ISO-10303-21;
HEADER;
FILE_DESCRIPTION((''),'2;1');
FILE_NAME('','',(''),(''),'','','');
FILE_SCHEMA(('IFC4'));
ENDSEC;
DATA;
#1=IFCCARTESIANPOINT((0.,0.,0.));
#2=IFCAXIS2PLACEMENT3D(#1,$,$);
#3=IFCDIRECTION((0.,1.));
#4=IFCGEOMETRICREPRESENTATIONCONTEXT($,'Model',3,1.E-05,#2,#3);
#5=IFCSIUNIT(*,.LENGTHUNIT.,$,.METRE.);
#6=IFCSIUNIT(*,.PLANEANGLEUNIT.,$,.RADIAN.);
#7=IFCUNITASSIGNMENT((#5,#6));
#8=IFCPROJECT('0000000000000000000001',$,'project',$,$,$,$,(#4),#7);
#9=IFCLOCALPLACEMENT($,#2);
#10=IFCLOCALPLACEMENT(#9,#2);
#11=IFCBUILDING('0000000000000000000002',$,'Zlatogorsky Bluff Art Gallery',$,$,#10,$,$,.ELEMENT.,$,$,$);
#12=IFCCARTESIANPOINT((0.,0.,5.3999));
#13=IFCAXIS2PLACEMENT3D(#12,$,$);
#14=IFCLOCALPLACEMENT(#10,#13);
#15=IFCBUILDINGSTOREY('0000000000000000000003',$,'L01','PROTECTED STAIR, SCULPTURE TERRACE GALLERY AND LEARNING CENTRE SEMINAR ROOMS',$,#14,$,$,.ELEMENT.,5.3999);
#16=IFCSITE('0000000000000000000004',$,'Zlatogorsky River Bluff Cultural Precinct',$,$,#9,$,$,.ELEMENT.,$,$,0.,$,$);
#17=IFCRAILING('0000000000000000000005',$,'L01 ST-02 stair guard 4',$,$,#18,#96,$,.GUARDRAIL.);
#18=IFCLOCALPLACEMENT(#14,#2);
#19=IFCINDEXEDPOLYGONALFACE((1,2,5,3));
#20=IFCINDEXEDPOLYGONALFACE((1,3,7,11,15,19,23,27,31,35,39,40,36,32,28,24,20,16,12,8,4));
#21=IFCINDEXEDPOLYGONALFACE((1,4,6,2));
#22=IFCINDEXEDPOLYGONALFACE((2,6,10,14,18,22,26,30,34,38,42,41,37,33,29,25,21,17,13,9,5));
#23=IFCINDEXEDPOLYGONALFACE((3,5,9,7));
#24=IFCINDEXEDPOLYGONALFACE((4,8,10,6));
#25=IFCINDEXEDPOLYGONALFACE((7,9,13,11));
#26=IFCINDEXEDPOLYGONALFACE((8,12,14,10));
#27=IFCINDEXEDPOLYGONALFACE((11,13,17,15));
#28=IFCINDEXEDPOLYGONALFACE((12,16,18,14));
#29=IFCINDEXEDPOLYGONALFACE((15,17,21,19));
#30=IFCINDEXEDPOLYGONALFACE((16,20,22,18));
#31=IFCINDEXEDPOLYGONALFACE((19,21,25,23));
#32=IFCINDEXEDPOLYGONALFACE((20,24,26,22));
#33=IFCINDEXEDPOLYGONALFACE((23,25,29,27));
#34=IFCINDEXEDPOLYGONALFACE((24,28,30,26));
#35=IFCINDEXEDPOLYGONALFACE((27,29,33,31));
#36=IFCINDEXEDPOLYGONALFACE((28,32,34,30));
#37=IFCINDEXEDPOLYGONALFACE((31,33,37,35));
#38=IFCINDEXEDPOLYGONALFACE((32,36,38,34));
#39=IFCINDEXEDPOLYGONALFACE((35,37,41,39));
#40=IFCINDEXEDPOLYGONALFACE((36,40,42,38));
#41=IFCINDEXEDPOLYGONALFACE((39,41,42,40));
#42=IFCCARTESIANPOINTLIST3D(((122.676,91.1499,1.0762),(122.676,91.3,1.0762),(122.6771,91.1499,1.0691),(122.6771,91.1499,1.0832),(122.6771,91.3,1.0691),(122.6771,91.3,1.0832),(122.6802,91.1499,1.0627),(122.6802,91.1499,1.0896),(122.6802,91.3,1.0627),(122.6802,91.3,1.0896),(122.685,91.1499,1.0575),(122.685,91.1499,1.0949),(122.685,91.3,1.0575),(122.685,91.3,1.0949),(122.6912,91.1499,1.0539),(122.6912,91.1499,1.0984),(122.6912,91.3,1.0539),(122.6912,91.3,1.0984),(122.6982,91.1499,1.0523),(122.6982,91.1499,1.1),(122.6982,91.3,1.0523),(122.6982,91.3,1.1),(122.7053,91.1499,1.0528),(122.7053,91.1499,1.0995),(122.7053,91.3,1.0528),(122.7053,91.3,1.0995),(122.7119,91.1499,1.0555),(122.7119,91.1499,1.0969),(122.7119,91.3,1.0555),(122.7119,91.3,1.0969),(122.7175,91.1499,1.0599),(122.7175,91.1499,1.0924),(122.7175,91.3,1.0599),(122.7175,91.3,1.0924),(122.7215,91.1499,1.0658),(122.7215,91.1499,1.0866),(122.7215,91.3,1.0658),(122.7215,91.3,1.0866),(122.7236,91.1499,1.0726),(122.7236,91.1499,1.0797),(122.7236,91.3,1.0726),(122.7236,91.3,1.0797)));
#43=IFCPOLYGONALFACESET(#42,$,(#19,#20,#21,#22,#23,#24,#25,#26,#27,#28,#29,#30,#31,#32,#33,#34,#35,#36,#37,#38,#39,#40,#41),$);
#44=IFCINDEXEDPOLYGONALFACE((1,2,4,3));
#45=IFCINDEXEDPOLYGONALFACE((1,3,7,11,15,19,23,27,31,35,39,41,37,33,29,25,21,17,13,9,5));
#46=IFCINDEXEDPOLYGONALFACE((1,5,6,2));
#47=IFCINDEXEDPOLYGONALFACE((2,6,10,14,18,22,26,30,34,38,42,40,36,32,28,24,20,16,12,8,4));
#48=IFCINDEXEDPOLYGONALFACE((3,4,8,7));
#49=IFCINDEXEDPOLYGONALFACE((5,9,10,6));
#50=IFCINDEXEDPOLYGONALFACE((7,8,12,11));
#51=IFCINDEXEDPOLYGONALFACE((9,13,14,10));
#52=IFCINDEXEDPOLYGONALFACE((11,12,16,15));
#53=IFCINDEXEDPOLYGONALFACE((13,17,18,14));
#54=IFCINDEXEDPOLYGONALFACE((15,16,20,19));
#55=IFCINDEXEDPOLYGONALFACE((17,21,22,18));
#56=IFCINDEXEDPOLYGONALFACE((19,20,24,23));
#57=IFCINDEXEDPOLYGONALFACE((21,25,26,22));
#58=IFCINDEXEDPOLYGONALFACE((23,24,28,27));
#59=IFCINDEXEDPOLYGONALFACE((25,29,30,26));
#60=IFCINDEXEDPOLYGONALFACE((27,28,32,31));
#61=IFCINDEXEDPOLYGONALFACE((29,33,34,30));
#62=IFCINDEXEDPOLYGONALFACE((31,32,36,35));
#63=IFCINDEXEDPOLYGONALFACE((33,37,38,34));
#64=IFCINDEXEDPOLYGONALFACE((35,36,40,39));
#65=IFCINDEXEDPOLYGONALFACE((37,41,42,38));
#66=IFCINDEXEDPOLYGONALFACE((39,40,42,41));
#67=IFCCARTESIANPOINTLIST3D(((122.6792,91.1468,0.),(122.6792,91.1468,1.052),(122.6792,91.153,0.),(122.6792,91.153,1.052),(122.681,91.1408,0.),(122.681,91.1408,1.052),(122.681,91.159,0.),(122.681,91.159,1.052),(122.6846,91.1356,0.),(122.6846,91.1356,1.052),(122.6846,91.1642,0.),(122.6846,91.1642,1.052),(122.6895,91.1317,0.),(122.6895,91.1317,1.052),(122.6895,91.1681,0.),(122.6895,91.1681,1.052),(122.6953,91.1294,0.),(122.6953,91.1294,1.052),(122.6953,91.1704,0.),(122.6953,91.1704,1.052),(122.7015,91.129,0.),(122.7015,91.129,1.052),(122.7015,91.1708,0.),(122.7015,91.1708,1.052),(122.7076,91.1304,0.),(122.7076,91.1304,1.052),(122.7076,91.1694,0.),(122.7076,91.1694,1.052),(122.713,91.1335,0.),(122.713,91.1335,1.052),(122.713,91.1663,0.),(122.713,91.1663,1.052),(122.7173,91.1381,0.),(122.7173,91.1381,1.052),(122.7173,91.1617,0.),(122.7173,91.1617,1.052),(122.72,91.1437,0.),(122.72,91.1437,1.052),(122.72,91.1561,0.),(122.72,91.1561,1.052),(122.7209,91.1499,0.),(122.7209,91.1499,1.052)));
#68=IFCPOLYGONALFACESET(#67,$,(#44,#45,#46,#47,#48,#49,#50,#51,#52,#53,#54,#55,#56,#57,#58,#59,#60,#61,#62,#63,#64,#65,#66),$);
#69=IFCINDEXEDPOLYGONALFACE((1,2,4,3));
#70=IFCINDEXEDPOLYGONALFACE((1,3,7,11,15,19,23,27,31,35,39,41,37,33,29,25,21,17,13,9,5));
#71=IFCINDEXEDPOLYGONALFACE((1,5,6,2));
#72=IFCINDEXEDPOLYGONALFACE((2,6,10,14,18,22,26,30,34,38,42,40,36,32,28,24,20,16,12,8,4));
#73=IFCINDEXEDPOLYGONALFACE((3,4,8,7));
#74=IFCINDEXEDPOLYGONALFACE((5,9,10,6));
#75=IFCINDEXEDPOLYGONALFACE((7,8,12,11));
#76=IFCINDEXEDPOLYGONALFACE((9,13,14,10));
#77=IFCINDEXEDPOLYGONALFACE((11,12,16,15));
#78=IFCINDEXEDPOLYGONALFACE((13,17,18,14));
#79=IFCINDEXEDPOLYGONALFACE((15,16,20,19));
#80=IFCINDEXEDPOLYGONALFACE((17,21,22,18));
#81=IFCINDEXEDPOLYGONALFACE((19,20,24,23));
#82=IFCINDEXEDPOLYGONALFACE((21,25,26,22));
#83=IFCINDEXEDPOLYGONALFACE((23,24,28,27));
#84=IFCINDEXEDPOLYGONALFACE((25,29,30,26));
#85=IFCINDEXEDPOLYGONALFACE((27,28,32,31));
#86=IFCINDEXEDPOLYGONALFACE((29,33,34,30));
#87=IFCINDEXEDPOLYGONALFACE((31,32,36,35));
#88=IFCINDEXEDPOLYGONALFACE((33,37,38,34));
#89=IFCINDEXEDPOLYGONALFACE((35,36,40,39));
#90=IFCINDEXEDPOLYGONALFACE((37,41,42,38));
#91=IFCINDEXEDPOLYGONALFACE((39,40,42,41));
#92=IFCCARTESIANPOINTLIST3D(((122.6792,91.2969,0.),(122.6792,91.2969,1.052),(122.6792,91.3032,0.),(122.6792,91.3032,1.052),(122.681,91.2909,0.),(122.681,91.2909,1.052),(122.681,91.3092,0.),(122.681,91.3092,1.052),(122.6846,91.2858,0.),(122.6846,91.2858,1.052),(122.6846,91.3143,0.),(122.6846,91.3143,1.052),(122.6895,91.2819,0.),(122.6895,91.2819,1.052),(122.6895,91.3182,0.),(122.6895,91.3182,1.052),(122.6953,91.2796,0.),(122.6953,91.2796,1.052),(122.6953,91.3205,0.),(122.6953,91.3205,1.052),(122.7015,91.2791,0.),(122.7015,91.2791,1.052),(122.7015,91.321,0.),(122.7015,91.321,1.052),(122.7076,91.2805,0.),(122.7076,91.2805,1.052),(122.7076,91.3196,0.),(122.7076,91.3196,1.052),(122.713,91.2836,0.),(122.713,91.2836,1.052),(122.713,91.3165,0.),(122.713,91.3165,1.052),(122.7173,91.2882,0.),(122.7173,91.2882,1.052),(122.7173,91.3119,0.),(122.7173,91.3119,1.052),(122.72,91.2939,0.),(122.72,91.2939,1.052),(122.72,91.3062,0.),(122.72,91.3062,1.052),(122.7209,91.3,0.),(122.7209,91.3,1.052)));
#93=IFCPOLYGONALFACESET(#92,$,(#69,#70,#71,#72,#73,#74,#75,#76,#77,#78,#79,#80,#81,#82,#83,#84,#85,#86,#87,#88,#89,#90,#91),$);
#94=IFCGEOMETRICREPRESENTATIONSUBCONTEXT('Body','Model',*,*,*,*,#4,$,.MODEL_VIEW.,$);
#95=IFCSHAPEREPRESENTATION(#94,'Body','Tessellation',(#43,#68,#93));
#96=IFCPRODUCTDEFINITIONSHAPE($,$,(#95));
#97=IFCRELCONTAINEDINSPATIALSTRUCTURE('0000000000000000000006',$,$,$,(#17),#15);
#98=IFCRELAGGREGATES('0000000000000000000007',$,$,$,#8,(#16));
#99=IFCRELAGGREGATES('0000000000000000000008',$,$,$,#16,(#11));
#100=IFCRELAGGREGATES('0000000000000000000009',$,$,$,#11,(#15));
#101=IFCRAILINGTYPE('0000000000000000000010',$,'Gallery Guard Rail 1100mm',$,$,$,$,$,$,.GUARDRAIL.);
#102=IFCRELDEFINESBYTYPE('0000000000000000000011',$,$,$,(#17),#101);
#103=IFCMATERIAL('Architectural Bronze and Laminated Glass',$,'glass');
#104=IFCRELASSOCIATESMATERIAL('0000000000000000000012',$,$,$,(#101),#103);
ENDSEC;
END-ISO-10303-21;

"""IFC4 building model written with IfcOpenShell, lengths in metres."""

from ifc_helpers import new_model, si_unit, direction, frame, origin, origin_2d, place, context, subcontext, project, spatial, circle, extrude, material, type_object, element, save


model = new_model("IFC4")

# Units and contexts
model_context = context("Model", 3, precision=1e-05, world=origin(), true_north=direction((0.0, 1.0)))
body_context = subcontext(model_context, "Body", "Model", "MODEL_VIEW")
ifc_project = project(units=[si_unit("LENGTHUNIT", "METRE"), si_unit("PLANEANGLEUNIT", "RADIAN")], contexts=[model_context])

# Site, building, storey
site_placement = place(None, origin())
site = spatial("IfcSite", under=ifc_project, at=site_placement, Name="Zlatogorsky River Bluff Cultural Precinct", CompositionType="ELEMENT", RefElevation=0.0)
building_placement = place(site_placement, origin())
building = spatial("IfcBuilding", under=site, at=building_placement, Name="Zlatogorsky Bluff Art Gallery", CompositionType="ELEMENT")
storey_placement = place(building_placement, frame((0.0, 0.0, 5.3999)))
storey = spatial("IfcBuildingStorey", under=building, at=storey_placement, Name="L01", Description="PROTECTED STAIR, SCULPTURE TERRACE GALLERY AND LEARNING CENTRE SEMINAR ROOMS", CompositionType="ELEMENT", Elevation=5.3999)

# Railing
ifc_material_1 = material(Name="Architectural Bronze and Laminated Glass", Category="glass")
railing_type_1 = type_object("IfcRailingType", Name="Gallery Guard Rail 1100mm", PredefinedType="GUARDRAIL", material=ifc_material_1)
railing_1_placement = place(storey_placement, frame((122.7, 91.1499, 0.0)))
element("IfcRailing", 1, at=railing_1_placement, inside=storey, type_object=railing_type_1, Name="L01 ST-02 stair guard 4", PredefinedType="GUARDRAIL", context=body_context, shape_type="SweptSolid", body=[
    extrude(circle(Radius=0.0239, at=origin_2d()), frame((0.0, 0.0, 1.0762), z_axis=(0.0, 1.0, 0.0), x_axis=(-1.0, 0.0, 0.0)), (0.0, 0.0, 1.0), 0.1501),
    extrude(circle(Radius=0.021, at=origin_2d()), origin(), (0.0, 0.0, 1.0), 1.052),
    extrude(circle(Radius=0.021, at=origin_2d()), frame((0.0, 0.1501, 0.0)), (0.0, 0.0, 1.0), 1.052),
])

save(model, "model.ifc")
